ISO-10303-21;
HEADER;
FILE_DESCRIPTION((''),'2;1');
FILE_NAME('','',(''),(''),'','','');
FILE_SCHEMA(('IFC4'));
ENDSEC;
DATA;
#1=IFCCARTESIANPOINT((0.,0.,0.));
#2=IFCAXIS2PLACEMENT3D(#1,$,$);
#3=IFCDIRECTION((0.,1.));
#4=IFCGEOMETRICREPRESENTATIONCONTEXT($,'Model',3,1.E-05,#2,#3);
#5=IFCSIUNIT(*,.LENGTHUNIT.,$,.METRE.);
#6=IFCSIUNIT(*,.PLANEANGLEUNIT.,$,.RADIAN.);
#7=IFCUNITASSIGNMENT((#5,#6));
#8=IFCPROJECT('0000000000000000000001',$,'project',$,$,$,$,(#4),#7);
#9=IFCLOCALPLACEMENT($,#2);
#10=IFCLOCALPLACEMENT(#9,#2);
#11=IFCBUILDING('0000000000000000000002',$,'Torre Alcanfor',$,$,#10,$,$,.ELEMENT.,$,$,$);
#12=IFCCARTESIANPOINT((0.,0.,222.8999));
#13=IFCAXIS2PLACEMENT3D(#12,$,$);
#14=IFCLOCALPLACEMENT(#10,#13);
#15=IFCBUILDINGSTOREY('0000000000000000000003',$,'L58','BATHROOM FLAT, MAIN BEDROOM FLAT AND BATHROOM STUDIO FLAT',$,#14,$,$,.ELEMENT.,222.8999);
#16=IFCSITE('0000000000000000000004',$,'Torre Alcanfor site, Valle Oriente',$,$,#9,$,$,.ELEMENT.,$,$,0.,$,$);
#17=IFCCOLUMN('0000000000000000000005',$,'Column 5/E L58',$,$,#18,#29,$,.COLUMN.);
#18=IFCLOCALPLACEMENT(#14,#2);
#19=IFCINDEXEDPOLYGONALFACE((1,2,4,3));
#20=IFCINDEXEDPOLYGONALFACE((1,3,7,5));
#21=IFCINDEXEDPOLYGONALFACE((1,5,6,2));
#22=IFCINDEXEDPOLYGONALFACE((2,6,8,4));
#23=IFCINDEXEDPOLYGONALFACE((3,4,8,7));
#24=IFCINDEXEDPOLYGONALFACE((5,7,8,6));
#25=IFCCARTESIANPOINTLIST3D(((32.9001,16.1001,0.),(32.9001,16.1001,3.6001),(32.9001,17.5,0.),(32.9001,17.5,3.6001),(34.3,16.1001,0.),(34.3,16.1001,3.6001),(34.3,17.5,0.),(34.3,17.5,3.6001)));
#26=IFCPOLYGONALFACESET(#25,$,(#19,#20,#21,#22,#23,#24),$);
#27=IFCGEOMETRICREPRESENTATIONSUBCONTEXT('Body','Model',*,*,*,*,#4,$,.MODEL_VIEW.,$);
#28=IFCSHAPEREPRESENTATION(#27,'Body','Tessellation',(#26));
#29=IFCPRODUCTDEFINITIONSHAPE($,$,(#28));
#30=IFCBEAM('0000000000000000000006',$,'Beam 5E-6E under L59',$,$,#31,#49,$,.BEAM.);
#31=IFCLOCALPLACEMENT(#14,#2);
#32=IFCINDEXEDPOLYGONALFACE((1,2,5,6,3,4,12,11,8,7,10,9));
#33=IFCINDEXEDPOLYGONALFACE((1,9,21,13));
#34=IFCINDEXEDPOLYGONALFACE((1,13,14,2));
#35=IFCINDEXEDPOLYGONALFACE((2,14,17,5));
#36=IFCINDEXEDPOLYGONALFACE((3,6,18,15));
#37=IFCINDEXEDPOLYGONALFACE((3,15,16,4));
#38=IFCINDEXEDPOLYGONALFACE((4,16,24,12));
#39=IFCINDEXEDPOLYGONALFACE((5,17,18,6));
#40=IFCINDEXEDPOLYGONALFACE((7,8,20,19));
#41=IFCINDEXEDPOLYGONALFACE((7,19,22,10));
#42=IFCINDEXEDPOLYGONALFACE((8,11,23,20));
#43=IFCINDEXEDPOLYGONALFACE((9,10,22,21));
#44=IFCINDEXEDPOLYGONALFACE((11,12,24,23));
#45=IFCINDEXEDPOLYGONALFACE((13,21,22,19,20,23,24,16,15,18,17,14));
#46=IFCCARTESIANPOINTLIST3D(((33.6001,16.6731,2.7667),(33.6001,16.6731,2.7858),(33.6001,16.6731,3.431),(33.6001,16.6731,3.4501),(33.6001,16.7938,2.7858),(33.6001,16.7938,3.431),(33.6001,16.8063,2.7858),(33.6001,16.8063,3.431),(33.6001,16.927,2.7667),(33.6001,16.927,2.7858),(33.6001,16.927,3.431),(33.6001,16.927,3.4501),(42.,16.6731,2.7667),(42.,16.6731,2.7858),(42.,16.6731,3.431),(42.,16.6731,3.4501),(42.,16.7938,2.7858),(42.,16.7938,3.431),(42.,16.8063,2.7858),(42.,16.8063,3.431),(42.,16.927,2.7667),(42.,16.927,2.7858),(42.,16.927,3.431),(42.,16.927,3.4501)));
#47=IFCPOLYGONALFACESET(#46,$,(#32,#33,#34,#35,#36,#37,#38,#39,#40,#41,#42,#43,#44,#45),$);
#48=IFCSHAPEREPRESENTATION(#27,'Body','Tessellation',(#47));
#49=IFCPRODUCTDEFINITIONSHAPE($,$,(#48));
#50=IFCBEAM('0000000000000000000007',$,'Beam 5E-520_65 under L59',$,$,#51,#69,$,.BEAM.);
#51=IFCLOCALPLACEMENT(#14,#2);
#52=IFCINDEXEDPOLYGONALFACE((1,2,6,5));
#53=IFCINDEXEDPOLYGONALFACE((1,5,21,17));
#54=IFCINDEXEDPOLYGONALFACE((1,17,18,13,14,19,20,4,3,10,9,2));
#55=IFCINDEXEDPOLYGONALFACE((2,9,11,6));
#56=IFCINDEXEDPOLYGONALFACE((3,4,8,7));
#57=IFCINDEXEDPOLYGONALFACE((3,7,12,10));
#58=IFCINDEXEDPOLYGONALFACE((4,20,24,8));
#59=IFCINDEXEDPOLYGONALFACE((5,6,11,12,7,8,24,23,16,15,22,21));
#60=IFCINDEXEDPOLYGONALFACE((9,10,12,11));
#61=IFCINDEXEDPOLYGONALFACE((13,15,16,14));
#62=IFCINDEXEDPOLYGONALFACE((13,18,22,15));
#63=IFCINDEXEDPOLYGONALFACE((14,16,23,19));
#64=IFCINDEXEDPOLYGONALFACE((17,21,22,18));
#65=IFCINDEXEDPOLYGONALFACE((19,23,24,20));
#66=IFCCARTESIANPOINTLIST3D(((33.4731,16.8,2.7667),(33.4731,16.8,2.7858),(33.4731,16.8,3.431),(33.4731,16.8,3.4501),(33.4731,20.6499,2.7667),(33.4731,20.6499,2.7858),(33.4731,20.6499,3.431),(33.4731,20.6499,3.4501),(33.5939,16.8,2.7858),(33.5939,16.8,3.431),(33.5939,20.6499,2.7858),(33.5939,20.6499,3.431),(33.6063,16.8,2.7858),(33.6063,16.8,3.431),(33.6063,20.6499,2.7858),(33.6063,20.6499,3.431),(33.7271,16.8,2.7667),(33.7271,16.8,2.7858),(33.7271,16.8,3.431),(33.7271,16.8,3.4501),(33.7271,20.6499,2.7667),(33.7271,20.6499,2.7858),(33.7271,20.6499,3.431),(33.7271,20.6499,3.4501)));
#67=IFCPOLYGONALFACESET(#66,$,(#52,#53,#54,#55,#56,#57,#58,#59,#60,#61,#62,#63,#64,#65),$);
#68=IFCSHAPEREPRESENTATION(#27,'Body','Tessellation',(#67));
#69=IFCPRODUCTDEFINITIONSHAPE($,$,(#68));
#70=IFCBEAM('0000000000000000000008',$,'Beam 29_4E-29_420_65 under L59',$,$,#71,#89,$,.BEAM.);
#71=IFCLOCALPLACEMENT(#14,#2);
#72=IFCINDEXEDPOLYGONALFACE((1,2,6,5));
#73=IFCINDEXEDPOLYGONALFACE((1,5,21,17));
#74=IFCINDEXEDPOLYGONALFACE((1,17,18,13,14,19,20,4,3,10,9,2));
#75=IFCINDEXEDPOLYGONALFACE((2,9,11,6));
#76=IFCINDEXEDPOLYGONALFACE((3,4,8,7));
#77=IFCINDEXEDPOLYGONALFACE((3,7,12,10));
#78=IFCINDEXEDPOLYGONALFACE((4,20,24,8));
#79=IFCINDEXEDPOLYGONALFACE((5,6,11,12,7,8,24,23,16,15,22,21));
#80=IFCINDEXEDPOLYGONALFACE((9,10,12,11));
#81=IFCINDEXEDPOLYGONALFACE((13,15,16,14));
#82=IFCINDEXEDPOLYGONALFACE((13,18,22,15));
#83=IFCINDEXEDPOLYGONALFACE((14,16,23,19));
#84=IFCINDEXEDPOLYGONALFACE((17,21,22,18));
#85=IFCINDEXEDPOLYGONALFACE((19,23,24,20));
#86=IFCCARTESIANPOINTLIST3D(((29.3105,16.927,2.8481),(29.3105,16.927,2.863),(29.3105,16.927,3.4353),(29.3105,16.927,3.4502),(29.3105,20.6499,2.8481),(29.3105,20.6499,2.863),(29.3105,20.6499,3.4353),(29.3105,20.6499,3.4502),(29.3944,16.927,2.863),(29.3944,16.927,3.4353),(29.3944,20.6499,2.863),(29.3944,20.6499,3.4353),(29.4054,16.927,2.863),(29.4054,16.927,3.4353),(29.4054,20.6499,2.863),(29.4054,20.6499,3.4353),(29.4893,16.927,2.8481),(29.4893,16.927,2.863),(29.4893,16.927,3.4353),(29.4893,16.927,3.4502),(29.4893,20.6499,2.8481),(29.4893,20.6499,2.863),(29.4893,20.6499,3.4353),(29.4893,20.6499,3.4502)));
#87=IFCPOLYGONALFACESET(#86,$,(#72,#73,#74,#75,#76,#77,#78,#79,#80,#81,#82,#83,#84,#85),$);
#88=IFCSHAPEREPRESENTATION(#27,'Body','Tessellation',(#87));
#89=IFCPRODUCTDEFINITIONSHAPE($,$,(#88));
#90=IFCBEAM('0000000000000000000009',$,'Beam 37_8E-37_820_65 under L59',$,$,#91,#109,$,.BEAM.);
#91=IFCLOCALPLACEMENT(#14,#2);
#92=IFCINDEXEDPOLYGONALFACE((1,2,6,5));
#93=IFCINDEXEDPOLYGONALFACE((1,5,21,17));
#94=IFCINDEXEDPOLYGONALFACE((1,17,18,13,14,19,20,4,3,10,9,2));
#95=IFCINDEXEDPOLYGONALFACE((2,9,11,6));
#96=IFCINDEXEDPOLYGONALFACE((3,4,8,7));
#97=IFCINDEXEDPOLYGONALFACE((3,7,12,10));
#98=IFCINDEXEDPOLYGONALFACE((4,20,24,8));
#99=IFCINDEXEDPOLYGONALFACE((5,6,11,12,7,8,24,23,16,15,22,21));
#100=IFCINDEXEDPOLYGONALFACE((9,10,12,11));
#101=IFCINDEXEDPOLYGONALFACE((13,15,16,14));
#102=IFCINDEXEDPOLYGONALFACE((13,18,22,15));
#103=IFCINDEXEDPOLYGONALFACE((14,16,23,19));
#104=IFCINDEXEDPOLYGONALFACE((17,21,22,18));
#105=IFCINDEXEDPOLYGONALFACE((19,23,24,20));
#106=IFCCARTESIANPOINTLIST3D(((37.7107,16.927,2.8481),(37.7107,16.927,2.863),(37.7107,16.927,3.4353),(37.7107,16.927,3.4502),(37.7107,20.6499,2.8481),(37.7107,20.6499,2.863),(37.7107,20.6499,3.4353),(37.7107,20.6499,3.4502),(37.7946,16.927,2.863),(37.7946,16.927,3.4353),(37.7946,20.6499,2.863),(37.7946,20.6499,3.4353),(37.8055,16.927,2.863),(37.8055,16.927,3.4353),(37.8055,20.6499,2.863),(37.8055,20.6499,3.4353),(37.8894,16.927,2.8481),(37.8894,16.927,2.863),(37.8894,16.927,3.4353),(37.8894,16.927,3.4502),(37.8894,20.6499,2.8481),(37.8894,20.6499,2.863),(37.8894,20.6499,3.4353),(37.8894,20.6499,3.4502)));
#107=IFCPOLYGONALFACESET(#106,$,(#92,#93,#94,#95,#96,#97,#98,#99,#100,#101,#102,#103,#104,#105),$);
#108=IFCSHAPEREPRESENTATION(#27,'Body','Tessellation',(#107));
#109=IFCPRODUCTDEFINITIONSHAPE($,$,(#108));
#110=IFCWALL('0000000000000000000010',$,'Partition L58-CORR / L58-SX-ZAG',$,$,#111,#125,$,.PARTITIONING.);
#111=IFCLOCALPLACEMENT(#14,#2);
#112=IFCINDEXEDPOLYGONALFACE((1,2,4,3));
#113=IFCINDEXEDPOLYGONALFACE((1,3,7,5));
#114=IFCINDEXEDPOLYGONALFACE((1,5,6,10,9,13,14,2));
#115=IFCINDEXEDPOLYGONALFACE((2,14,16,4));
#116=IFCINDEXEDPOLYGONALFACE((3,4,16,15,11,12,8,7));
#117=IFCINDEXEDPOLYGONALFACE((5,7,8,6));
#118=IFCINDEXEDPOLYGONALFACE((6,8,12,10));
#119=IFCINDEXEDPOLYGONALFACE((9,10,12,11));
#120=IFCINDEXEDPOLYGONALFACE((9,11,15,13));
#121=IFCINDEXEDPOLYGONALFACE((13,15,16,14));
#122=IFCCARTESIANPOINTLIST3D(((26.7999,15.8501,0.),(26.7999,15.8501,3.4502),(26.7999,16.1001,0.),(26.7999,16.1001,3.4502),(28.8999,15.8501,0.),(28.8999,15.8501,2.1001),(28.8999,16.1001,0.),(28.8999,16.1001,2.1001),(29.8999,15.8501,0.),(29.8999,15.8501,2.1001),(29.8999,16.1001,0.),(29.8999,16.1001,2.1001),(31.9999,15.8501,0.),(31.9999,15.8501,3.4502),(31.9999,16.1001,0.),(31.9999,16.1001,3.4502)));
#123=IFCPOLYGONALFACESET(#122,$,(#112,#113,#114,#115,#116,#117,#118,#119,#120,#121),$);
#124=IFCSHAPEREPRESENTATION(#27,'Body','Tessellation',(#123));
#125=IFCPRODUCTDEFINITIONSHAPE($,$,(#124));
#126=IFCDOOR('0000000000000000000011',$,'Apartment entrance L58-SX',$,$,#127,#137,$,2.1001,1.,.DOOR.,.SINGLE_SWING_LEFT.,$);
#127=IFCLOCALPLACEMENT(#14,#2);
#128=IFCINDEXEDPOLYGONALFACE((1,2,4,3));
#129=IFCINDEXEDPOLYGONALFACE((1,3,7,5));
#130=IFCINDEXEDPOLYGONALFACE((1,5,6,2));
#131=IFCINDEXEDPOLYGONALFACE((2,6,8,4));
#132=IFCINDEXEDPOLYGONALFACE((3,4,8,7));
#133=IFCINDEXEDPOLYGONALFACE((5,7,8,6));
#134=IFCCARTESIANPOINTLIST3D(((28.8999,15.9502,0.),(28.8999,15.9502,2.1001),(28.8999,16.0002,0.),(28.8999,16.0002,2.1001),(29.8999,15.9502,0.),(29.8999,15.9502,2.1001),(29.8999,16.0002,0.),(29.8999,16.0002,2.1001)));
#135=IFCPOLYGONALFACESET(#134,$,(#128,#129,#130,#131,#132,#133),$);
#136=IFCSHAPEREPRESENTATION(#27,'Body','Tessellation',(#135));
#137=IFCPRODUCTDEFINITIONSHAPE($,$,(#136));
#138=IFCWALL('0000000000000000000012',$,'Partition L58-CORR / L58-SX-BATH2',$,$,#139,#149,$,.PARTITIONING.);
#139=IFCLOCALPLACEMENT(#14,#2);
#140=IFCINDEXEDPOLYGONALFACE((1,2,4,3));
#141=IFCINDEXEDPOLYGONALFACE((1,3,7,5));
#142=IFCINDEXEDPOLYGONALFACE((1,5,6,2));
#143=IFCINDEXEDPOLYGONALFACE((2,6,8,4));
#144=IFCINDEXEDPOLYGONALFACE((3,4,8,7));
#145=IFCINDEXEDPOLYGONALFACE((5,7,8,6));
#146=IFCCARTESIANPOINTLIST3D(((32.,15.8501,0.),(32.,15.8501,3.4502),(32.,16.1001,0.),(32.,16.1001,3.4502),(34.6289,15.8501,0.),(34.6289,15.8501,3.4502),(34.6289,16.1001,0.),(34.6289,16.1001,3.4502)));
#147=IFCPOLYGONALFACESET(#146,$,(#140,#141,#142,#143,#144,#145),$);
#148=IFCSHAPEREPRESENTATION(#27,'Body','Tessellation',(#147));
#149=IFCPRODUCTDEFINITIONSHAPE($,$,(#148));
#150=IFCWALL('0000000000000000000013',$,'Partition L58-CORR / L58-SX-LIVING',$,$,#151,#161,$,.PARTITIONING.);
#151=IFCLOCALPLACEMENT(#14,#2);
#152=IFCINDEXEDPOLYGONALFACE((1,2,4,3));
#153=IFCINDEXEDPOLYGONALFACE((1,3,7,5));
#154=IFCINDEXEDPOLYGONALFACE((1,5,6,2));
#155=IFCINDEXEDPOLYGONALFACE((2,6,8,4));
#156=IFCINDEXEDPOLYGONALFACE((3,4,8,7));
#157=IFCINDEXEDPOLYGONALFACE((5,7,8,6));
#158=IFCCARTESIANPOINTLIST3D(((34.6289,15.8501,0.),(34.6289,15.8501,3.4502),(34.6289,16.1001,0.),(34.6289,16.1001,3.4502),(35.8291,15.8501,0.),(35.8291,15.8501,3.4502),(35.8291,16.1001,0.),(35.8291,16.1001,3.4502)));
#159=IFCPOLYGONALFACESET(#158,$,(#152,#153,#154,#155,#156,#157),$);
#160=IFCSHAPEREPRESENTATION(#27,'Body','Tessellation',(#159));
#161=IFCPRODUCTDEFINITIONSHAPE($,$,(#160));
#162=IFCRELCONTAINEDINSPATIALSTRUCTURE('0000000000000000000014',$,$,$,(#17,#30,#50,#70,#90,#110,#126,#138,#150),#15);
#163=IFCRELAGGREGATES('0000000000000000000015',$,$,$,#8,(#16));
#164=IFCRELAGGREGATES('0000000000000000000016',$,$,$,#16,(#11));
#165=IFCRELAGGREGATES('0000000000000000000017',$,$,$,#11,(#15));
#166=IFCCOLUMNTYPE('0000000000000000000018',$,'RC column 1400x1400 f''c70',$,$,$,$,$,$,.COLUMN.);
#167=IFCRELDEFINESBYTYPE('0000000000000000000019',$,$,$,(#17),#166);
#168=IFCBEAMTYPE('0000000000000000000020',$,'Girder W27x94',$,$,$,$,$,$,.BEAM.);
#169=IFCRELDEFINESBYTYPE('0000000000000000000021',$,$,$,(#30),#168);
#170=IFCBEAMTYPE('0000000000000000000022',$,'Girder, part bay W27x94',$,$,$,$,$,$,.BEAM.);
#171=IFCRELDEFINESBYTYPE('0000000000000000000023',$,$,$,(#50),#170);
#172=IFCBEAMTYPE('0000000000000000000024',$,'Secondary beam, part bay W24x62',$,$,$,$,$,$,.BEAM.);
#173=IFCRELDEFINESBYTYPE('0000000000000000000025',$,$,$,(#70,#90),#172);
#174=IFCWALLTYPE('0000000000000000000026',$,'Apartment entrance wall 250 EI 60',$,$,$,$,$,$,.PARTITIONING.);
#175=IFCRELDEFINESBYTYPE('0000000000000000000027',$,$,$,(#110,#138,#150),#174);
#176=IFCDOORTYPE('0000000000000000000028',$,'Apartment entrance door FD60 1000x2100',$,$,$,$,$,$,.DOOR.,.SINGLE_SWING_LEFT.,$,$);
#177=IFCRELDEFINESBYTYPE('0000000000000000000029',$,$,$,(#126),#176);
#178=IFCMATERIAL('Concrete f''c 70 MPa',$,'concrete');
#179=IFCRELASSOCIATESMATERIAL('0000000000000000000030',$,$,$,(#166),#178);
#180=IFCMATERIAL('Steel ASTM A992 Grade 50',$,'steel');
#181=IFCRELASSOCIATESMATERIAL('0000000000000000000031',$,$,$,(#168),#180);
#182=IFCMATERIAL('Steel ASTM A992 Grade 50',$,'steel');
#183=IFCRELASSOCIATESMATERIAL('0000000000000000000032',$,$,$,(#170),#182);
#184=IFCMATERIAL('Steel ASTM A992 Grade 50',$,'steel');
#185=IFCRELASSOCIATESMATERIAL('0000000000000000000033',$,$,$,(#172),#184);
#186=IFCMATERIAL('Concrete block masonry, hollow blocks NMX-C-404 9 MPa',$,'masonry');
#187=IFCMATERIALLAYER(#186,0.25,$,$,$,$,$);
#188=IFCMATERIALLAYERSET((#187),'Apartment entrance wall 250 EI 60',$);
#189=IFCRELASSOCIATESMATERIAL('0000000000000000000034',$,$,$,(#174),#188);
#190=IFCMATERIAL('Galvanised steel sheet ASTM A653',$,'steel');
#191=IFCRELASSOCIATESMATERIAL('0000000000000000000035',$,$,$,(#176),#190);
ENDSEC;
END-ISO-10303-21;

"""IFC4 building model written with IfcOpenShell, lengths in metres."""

from ifc_helpers import new_model, si_unit, direction, frame, frame_2d, origin, origin_2d, place, context, subcontext, project, spatial, rectangle, i_section, extrude, material, layer, layer_set, material_profile, profile_set, type_object, element, fill, save


model = new_model("IFC4")

# Units and contexts
model_context = context("Model", 3, precision=1e-05, world=origin(), true_north=direction((0.0, 1.0)))
body_context = subcontext(model_context, "Body", "Model", "MODEL_VIEW")
ifc_project = project(units=[si_unit("LENGTHUNIT", "METRE"), si_unit("PLANEANGLEUNIT", "RADIAN")], contexts=[model_context])

# Site, building, storey
site_placement = place(None, origin())
site = spatial("IfcSite", under=ifc_project, at=site_placement, Name="Torre Alcanfor site, Valle Oriente", CompositionType="ELEMENT", RefElevation=0.0)
building_placement = place(site_placement, origin())
building = spatial("IfcBuilding", under=site, at=building_placement, Name="Torre Alcanfor", CompositionType="ELEMENT")
storey_placement = place(building_placement, frame((0.0, 0.0, 222.8999)))
storey = spatial("IfcBuildingStorey", under=building, at=storey_placement, Name="L58", Description="BATHROOM FLAT, MAIN BEDROOM FLAT AND BATHROOM STUDIO FLAT", CompositionType="ELEMENT", Elevation=222.8999)

# Column
ifc_material_1 = material(Name="Concrete f'c 70 MPa", Category="concrete")
ifc_material_profile_1 = material_profile(ifc_material_1, rectangle(XDim=1.3999, YDim=1.3999, at=origin_2d()), Name="1400x1400")
ifc_profile_set_1 = profile_set([ifc_material_profile_1], Name="Concrete f'c 70 MPa")
column_type = type_object("IfcColumnType", Name="RC column 1400x1400 f'c70", PredefinedType="COLUMN", material=ifc_profile_set_1)
column_placement = place(storey_placement, frame((33.6001, 16.8, 0.0), z_axis=(0.0, 0.0, 1.0), x_axis=(1.0, 0.0, 0.0)))
element("IfcColumn", 1, at=column_placement, inside=storey, type_object=column_type, Name="Column 5/E L58", PredefinedType="COLUMN", context=body_context, shape_type="SweptSolid", body=[
    extrude(rectangle(XDim=1.3999, YDim=1.3999, at=origin_2d()), origin(), (0.0, 0.0, 1.0), 3.6001),
])

# Beams
ifc_material_2 = material(Name="Steel ASTM A992 Grade 50", Category="steel")
ifc_material_profile_2 = material_profile(ifc_material_2, i_section(OverallWidth=0.2539, OverallDepth=0.6833, WebThickness=0.0125, FlangeThickness=0.019, at=origin_2d()), Name="W27x94")
ifc_profile_set_2 = profile_set([ifc_material_profile_2], Name="Steel ASTM A992 Grade 50")
beam_type_1 = type_object("IfcBeamType", Name="Girder W27x94", PredefinedType="BEAM", material=ifc_profile_set_2)
beam_1_placement = place(storey_placement, frame((33.6001, 16.8, 3.1084), z_axis=(1.0, 0.0, 0.0), x_axis=(0.0, 1.0, 0.0)))
element("IfcBeam", 2, at=beam_1_placement, inside=storey, type_object=beam_type_1, Name="Beam 5E-6E under L59", PredefinedType="BEAM", context=body_context, shape_type="SweptSolid", body=[
    extrude(i_section(OverallWidth=0.2539, OverallDepth=0.6833, WebThickness=0.0125, FlangeThickness=0.019, at=origin_2d()), origin(), (0.0, 0.0, 1.0), 8.3999),
])
ifc_material_3 = material(Name="Steel ASTM A992 Grade 50", Category="steel")
ifc_material_profile_3 = material_profile(ifc_material_3, i_section(OverallWidth=0.2539, OverallDepth=0.6833, WebThickness=0.0125, FlangeThickness=0.019, at=origin_2d()), Name="W27x94")
ifc_profile_set_3 = profile_set([ifc_material_profile_3], Name="Steel ASTM A992 Grade 50")
beam_type_2 = type_object("IfcBeamType", Name="Girder, part bay W27x94", PredefinedType="BEAM", material=ifc_profile_set_3)
beam_2_placement = place(storey_placement, frame((33.6001, 16.8, 3.1084), z_axis=(0.0, 1.0, 0.0), x_axis=(-1.0, 0.0, 0.0)))
element("IfcBeam", 3, at=beam_2_placement, inside=storey, type_object=beam_type_2, Name="Beam 5E-520_65 under L59", PredefinedType="BEAM", context=body_context, shape_type="SweptSolid", body=[
    extrude(i_section(OverallWidth=0.2539, OverallDepth=0.6833, WebThickness=0.0125, FlangeThickness=0.019, at=origin_2d()), origin(), (0.0, 0.0, 1.0), 3.8499),
])
ifc_material_4 = material(Name="Steel ASTM A992 Grade 50", Category="steel")
ifc_material_profile_4 = material_profile(ifc_material_4, i_section(OverallWidth=0.1787, OverallDepth=0.6021, WebThickness=0.011, FlangeThickness=0.0149, at=origin_2d()), Name="W24x62")
ifc_profile_set_4 = profile_set([ifc_material_profile_4], Name="Steel ASTM A992 Grade 50")
beam_type_3 = type_object("IfcBeamType", Name="Secondary beam, part bay W24x62", PredefinedType="BEAM", material=ifc_profile_set_4)
for number, where, z_axis, x_axis, name in (
    (4, (29.3999, 16.927, 3.1492), (0.0, 1.0, 0.0), (-1.0, 0.0, 0.0), "Beam 29_4E-29_420_65 under L59"),
    (5, (37.8, 16.927, 3.1492), (0.0, 1.0, 0.0), (-1.0, 0.0, 0.0), "Beam 37_8E-37_820_65 under L59"),
):
    element("IfcBeam", number, at=place(storey_placement, frame(where, z_axis=z_axis, x_axis=x_axis)), inside=storey, type_object=beam_type_3, Name=name, PredefinedType="BEAM", context=body_context, shape_type="SweptSolid", body=[
        extrude(i_section(OverallWidth=0.1787, OverallDepth=0.6021, WebThickness=0.011, FlangeThickness=0.0149, at=origin_2d()), origin(), (0.0, 0.0, 1.0), 3.7229),
    ])

# Wall, opening, door
ifc_material_5 = material(Name="Concrete block masonry, hollow blocks NMX-C-404 9 MPa", Category="masonry")
ifc_layer_1 = layer(ifc_material_5, 0.25)
ifc_layer_set_1 = layer_set([ifc_layer_1], Name="Apartment entrance wall 250 EI 60")
wall_type_1 = type_object("IfcWallType", Name="Apartment entrance wall 250 EI 60", PredefinedType="PARTITIONING", material=ifc_layer_set_1)
wall_1_placement = place(storey_placement, frame((32.0, 15.9751, 0.0), z_axis=(0.0, 0.0, 1.0), x_axis=(-1.0, 0.0, 0.0)))
wall_1 = element("IfcWall", 6, at=wall_1_placement, inside=storey, type_object=wall_type_1, Name="Partition L58-CORR / L58-SX-ZAG", PredefinedType="PARTITIONING", context=body_context, shape_type="SweptSolid", body=[
    extrude(rectangle(XDim=5.2, YDim=0.25, at=frame_2d((2.6001, 0.0))), origin(), (0.0, 0.0, 1.0), 3.4502),
])
opening_1_placement = place(wall_1_placement, frame((2.1001, 0.0, 0.0)))
opening_1 = element("IfcOpeningElement", 7, at=opening_1_placement, cuts=wall_1, PredefinedType="OPENING", context=body_context, shape_type="SweptSolid", body=[
    extrude(rectangle(XDim=1.0, YDim=2.1001, at=frame_2d((0.5, 1.05))), frame((0.0, 0.135, 0.0), z_axis=(0.0, -1.0, 0.0), x_axis=(1.0, 0.0, 0.0)), (0.0, 0.0, 1.0), 0.27),
])
ifc_material_6 = material(Name="Galvanised steel sheet ASTM A653", Category="steel")
door_type_1 = type_object("IfcDoorType", Name="Apartment entrance door FD60 1000x2100", OperationType="SINGLE_SWING_LEFT", PredefinedType="DOOR", material=ifc_material_6)
door_1_placement = place(opening_1_placement, origin())
door_1 = element("IfcDoor", 8, at=door_1_placement, inside=storey, type_object=door_type_1, Name="Apartment entrance L58-SX", OperationType="SINGLE_SWING_LEFT", OverallHeight=2.1001, OverallWidth=1.0, PredefinedType="DOOR", context=body_context, shape_type="SweptSolid", body=[
    extrude(rectangle(XDim=1.0, YDim=2.1001, at=frame_2d((0.5, 1.05))), frame((0.0, 0.0249, 0.0), z_axis=(0.0, -1.0, 0.0), x_axis=(1.0, 0.0, 0.0)), (0.0, 0.0, 1.0), 0.05),
])
fill(opening_1, door_1)

# Walls
wall_2_placement = place(storey_placement, frame((34.6289, 15.9751, 0.0), z_axis=(0.0, 0.0, 1.0), x_axis=(-1.0, 0.0, 0.0)))
element("IfcWall", 9, at=wall_2_placement, inside=storey, type_object=wall_type_1, Name="Partition L58-CORR / L58-SX-BATH2", PredefinedType="PARTITIONING", context=body_context, shape_type="SweptSolid", body=[
    extrude(rectangle(XDim=2.6289, YDim=0.25, at=frame_2d((1.3145, 0.0))), origin(), (0.0, 0.0, 1.0), 3.4502),
])
wall_3_placement = place(storey_placement, frame((35.8291, 15.9751, 0.0), z_axis=(0.0, 0.0, 1.0), x_axis=(-1.0, 0.0, 0.0)))
element("IfcWall", 10, at=wall_3_placement, inside=storey, type_object=wall_type_1, Name="Partition L58-CORR / L58-SX-LIVING", PredefinedType="PARTITIONING", context=body_context, shape_type="SweptSolid", body=[
    extrude(rectangle(XDim=1.2002, YDim=0.25, at=frame_2d((0.6001, 0.0))), origin(), (0.0, 0.0, 1.0), 3.4502),
])

save(model, "model.ifc")
